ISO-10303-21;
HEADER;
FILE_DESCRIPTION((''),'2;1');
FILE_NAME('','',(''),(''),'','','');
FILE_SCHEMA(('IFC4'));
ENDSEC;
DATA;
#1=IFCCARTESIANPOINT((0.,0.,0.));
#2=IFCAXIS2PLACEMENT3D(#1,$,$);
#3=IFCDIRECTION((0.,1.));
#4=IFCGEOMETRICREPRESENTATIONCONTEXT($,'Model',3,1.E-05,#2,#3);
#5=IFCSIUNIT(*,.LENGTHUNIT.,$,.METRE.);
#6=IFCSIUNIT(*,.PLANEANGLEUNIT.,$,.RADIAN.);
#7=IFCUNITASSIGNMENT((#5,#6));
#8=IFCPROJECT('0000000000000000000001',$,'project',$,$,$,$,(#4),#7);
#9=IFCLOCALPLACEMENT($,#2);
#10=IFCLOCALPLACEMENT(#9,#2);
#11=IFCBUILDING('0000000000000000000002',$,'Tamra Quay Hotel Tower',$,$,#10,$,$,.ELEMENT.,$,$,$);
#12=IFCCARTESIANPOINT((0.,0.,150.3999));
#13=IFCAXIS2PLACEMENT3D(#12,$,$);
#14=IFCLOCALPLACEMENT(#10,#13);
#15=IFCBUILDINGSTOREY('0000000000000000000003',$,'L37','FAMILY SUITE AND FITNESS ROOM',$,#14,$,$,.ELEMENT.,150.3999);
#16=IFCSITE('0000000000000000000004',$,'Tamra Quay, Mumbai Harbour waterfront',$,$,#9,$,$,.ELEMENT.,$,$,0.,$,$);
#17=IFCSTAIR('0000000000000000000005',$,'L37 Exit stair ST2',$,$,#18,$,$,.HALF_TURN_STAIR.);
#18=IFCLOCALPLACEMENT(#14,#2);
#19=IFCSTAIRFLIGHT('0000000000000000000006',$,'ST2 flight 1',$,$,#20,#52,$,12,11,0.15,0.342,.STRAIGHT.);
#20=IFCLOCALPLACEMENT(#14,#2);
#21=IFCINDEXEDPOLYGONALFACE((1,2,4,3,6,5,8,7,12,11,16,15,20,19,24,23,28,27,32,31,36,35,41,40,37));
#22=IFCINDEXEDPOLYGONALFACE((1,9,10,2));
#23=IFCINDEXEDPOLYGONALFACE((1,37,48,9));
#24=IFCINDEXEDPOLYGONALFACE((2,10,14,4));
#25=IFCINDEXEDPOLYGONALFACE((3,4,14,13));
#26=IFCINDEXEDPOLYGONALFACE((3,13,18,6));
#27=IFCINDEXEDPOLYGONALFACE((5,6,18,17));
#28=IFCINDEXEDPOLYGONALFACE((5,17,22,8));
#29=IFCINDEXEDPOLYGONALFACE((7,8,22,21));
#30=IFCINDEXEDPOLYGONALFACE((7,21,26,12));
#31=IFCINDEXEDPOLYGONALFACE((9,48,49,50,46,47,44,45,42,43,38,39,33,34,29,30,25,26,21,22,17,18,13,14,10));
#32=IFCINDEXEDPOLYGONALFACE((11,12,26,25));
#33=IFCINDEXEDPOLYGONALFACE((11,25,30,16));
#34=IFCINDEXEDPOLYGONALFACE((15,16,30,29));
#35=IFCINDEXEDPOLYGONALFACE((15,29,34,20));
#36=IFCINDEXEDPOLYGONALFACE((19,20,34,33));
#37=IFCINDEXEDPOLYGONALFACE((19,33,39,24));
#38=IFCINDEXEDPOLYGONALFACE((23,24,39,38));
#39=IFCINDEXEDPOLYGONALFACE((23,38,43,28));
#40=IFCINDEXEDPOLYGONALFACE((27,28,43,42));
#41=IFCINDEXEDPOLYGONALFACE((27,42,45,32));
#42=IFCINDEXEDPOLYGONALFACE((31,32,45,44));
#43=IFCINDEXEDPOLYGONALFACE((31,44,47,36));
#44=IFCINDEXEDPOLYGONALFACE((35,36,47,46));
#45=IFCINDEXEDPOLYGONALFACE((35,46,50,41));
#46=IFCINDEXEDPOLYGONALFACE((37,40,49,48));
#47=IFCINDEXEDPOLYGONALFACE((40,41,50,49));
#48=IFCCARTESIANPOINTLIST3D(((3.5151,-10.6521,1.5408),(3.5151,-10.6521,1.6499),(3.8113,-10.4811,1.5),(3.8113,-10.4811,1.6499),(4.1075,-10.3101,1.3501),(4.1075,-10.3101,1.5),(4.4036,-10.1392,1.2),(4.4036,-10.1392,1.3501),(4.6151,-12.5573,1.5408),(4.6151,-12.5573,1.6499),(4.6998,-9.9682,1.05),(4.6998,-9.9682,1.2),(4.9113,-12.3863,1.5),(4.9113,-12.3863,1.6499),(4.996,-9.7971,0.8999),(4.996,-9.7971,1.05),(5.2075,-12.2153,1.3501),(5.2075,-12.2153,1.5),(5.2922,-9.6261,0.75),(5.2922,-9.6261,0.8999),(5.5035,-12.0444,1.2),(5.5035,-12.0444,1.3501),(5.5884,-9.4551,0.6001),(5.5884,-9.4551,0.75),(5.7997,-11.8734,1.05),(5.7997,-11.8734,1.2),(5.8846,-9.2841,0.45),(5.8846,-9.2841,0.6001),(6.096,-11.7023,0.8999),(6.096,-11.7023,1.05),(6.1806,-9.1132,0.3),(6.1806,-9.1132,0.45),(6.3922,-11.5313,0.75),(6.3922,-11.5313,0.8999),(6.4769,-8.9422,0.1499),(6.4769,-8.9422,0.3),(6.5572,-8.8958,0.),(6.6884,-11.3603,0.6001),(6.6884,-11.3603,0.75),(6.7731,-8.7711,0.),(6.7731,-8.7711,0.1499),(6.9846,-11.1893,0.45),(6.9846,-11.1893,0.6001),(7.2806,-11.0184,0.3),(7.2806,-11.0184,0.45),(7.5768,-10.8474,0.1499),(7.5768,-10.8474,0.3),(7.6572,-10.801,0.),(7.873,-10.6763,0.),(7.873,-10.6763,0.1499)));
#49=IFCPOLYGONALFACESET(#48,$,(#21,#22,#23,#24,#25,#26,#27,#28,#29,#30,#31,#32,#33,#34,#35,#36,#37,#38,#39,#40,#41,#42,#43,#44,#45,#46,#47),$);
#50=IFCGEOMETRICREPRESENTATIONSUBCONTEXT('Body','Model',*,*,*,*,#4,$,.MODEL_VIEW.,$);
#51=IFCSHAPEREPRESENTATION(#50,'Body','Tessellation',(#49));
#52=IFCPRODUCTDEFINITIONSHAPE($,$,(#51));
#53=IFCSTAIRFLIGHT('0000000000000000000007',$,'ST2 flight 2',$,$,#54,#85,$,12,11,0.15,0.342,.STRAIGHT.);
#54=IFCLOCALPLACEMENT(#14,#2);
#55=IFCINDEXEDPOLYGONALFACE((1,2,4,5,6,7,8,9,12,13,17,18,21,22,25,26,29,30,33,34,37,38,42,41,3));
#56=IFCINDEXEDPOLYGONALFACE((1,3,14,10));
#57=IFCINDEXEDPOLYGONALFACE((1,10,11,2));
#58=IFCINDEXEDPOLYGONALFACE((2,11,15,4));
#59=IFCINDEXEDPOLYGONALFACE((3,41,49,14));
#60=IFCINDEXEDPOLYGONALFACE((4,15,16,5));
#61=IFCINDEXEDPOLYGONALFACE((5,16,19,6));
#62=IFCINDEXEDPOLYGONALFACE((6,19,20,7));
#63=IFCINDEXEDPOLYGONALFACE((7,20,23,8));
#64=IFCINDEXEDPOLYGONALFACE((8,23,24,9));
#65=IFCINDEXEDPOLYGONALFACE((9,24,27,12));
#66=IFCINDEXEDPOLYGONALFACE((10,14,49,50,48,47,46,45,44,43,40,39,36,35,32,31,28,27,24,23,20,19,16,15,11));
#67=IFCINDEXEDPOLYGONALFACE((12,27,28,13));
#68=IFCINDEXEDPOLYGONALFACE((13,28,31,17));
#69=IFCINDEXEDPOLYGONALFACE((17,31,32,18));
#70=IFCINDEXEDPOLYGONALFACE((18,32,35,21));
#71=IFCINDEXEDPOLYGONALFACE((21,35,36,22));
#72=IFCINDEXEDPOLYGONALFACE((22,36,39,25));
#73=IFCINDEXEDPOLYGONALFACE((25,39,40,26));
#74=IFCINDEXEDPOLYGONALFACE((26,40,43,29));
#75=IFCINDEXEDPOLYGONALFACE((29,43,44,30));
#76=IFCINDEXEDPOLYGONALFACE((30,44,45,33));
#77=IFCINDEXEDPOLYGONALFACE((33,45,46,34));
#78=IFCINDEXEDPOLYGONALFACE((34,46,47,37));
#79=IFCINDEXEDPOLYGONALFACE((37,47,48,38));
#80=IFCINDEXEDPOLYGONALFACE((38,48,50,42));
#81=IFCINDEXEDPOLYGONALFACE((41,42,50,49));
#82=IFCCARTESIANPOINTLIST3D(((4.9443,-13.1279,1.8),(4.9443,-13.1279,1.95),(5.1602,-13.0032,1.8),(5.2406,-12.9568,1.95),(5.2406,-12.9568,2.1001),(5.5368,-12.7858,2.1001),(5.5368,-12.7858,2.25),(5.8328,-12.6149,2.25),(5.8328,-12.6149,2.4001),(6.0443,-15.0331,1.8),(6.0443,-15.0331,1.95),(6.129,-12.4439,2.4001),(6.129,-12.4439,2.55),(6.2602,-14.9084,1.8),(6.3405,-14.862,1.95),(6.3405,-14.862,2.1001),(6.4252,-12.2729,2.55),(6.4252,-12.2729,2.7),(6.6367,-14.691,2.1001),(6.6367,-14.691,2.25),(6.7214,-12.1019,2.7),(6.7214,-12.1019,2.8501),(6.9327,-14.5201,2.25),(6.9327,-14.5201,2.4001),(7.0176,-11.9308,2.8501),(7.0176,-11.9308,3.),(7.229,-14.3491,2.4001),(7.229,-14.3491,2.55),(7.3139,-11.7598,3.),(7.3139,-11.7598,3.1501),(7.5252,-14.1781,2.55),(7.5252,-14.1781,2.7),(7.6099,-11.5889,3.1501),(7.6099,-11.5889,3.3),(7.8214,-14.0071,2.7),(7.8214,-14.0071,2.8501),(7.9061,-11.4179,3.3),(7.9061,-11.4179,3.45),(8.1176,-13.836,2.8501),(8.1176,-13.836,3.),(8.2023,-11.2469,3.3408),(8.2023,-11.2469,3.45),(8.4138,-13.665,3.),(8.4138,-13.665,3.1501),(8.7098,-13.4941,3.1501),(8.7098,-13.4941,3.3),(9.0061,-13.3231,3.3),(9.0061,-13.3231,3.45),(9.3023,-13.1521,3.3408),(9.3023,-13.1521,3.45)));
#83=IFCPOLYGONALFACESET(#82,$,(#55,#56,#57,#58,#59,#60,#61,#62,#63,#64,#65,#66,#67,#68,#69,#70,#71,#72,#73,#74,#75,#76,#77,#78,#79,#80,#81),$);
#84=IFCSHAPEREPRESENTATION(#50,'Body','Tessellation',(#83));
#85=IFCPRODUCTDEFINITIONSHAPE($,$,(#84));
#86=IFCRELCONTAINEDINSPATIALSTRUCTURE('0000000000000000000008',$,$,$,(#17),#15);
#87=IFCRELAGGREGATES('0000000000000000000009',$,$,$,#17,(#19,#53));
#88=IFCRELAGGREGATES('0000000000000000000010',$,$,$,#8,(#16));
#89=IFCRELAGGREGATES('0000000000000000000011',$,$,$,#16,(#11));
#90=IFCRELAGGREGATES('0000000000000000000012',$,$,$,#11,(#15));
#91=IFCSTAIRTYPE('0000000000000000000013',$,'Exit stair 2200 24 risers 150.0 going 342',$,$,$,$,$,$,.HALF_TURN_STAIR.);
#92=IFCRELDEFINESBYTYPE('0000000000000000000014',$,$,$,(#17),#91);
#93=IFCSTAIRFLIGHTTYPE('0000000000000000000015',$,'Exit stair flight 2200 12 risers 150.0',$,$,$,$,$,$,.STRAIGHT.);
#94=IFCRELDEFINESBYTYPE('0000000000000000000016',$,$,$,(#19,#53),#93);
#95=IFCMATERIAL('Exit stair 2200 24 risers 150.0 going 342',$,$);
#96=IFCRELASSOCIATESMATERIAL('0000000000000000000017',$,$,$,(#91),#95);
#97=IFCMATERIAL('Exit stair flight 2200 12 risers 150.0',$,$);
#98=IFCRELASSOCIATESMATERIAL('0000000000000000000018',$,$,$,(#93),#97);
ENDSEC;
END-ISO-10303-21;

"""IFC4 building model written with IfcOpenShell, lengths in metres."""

from ifc_helpers import new_model, si_unit, direction, frame, origin, place, context, subcontext, project, spatial, polyline, outline, extrude, material, type_object, element, aggregate, save


model = new_model("IFC4")

# Units and contexts
model_context = context("Model", 3, precision=1e-05, world=origin(), true_north=direction((0.0, 1.0)))
body_context = subcontext(model_context, "Body", "Model", "MODEL_VIEW")
ifc_project = project(units=[si_unit("LENGTHUNIT", "METRE"), si_unit("PLANEANGLEUNIT", "RADIAN")], contexts=[model_context])

# Site, building, storey
site_placement = place(None, origin())
site = spatial("IfcSite", under=ifc_project, at=site_placement, Name="Tamra Quay, Mumbai Harbour waterfront", CompositionType="ELEMENT", RefElevation=0.0)
building_placement = place(site_placement, origin())
building = spatial("IfcBuilding", under=site, at=building_placement, Name="Tamra Quay Hotel Tower", CompositionType="ELEMENT")
storey_placement = place(building_placement, frame((0.0, 0.0, 150.3999)))
storey = spatial("IfcBuildingStorey", under=building, at=storey_placement, Name="L37", Description="FAMILY SUITE AND FITNESS ROOM", CompositionType="ELEMENT", Elevation=150.3999)

# Stair, stair flights
ifc_material_1 = material(Name="Exit stair 2200 24 risers 150.0 going 342")
stair_type = type_object("IfcStairType", Name="Exit stair 2200 24 risers 150.0 going 342", PredefinedType="HALF_TURN_STAIR", material=ifc_material_1)
stair_placement = place(storey_placement, origin())
stair = element("IfcStair", 1, at=stair_placement, inside=storey, type_object=stair_type, Name="L37 Exit stair ST2", PredefinedType="HALF_TURN_STAIR")
ifc_material_2 = material(Name="Exit stair flight 2200 12 risers 150.0")
stair_flight_type = type_object("IfcStairFlightType", Name="Exit stair flight 2200 12 risers 150.0", PredefinedType="STRAIGHT", material=ifc_material_2)
stair_flight_1_placement = place(storey_placement, frame((7.323, -9.7236, 0.0), z_axis=(0.0, 0.0, 1.0), x_axis=(-0.866025, -0.5, 0.0)))
stair_flight_1 = element("IfcStairFlight", 2, at=stair_flight_1_placement, type_object=stair_flight_type, Name="ST2 flight 1", NumberOfRisers=12, NumberOfTreads=11, PredefinedType="STRAIGHT", RiserHeight=0.15, TreadLength=0.342, context=body_context, shape_type="SweptSolid", body=[
    extrude(outline(polyline([(0.0, 0.0), (0.0, 0.1499), (0.342, 0.1499), (0.342, 0.3), (0.6841, 0.3), (0.6841, 0.45), (1.0259, 0.45), (1.0259, 0.6001), (1.3679, 0.6001), (1.3679, 0.75), (1.71, 0.75), (1.71, 0.8999), (2.052, 0.8999), (2.052, 1.05), (2.394, 1.05), (2.394, 1.2), (2.7361, 1.2), (2.7361, 1.3501), (3.0779, 1.3501), (3.0779, 1.5), (3.4199, 1.5), (3.4199, 1.6499), (3.762, 1.6499), (3.762, 1.8), (3.762, 1.5408), (0.2493, 0.0), (0.0, 0.0)])), frame((0.0, 1.1001, 0.0), z_axis=(0.0, -1.0, 0.0), x_axis=(1.0, 0.0, 0.0)), (0.0, 0.0, 1.0), 2.2),
])
stair_flight_2_placement = place(storey_placement, frame((5.4944, -14.0806, 1.8), z_axis=(0.0, 0.0, 1.0), x_axis=(0.866025, 0.5, 0.0)))
stair_flight_2 = element("IfcStairFlight", 3, at=stair_flight_2_placement, type_object=stair_flight_type, Name="ST2 flight 2", NumberOfRisers=12, NumberOfTreads=11, PredefinedType="STRAIGHT", RiserHeight=0.15, TreadLength=0.342, context=body_context, shape_type="SweptSolid", body=[
    extrude(outline(polyline([(0.0, 0.0), (0.0, 0.1499), (0.342, 0.1499), (0.342, 0.3), (0.6841, 0.3), (0.6841, 0.45), (1.0259, 0.45), (1.0259, 0.6001), (1.3679, 0.6001), (1.3679, 0.75), (1.71, 0.75), (1.71, 0.8999), (2.052, 0.8999), (2.052, 1.05), (2.394, 1.05), (2.394, 1.2), (2.7361, 1.2), (2.7361, 1.3501), (3.0779, 1.3501), (3.0779, 1.5), (3.4199, 1.5), (3.4199, 1.6499), (3.762, 1.6499), (3.762, 1.8), (3.762, 1.5408), (0.2493, 0.0), (0.0, 0.0)])), frame((0.0, 1.1001, 0.0), z_axis=(0.0, -1.0, 0.0), x_axis=(1.0, 0.0, 0.0)), (0.0, 0.0, 1.0), 2.2),
])
aggregate(stair, [stair_flight_1, stair_flight_2])

save(model, "model.ifc")
